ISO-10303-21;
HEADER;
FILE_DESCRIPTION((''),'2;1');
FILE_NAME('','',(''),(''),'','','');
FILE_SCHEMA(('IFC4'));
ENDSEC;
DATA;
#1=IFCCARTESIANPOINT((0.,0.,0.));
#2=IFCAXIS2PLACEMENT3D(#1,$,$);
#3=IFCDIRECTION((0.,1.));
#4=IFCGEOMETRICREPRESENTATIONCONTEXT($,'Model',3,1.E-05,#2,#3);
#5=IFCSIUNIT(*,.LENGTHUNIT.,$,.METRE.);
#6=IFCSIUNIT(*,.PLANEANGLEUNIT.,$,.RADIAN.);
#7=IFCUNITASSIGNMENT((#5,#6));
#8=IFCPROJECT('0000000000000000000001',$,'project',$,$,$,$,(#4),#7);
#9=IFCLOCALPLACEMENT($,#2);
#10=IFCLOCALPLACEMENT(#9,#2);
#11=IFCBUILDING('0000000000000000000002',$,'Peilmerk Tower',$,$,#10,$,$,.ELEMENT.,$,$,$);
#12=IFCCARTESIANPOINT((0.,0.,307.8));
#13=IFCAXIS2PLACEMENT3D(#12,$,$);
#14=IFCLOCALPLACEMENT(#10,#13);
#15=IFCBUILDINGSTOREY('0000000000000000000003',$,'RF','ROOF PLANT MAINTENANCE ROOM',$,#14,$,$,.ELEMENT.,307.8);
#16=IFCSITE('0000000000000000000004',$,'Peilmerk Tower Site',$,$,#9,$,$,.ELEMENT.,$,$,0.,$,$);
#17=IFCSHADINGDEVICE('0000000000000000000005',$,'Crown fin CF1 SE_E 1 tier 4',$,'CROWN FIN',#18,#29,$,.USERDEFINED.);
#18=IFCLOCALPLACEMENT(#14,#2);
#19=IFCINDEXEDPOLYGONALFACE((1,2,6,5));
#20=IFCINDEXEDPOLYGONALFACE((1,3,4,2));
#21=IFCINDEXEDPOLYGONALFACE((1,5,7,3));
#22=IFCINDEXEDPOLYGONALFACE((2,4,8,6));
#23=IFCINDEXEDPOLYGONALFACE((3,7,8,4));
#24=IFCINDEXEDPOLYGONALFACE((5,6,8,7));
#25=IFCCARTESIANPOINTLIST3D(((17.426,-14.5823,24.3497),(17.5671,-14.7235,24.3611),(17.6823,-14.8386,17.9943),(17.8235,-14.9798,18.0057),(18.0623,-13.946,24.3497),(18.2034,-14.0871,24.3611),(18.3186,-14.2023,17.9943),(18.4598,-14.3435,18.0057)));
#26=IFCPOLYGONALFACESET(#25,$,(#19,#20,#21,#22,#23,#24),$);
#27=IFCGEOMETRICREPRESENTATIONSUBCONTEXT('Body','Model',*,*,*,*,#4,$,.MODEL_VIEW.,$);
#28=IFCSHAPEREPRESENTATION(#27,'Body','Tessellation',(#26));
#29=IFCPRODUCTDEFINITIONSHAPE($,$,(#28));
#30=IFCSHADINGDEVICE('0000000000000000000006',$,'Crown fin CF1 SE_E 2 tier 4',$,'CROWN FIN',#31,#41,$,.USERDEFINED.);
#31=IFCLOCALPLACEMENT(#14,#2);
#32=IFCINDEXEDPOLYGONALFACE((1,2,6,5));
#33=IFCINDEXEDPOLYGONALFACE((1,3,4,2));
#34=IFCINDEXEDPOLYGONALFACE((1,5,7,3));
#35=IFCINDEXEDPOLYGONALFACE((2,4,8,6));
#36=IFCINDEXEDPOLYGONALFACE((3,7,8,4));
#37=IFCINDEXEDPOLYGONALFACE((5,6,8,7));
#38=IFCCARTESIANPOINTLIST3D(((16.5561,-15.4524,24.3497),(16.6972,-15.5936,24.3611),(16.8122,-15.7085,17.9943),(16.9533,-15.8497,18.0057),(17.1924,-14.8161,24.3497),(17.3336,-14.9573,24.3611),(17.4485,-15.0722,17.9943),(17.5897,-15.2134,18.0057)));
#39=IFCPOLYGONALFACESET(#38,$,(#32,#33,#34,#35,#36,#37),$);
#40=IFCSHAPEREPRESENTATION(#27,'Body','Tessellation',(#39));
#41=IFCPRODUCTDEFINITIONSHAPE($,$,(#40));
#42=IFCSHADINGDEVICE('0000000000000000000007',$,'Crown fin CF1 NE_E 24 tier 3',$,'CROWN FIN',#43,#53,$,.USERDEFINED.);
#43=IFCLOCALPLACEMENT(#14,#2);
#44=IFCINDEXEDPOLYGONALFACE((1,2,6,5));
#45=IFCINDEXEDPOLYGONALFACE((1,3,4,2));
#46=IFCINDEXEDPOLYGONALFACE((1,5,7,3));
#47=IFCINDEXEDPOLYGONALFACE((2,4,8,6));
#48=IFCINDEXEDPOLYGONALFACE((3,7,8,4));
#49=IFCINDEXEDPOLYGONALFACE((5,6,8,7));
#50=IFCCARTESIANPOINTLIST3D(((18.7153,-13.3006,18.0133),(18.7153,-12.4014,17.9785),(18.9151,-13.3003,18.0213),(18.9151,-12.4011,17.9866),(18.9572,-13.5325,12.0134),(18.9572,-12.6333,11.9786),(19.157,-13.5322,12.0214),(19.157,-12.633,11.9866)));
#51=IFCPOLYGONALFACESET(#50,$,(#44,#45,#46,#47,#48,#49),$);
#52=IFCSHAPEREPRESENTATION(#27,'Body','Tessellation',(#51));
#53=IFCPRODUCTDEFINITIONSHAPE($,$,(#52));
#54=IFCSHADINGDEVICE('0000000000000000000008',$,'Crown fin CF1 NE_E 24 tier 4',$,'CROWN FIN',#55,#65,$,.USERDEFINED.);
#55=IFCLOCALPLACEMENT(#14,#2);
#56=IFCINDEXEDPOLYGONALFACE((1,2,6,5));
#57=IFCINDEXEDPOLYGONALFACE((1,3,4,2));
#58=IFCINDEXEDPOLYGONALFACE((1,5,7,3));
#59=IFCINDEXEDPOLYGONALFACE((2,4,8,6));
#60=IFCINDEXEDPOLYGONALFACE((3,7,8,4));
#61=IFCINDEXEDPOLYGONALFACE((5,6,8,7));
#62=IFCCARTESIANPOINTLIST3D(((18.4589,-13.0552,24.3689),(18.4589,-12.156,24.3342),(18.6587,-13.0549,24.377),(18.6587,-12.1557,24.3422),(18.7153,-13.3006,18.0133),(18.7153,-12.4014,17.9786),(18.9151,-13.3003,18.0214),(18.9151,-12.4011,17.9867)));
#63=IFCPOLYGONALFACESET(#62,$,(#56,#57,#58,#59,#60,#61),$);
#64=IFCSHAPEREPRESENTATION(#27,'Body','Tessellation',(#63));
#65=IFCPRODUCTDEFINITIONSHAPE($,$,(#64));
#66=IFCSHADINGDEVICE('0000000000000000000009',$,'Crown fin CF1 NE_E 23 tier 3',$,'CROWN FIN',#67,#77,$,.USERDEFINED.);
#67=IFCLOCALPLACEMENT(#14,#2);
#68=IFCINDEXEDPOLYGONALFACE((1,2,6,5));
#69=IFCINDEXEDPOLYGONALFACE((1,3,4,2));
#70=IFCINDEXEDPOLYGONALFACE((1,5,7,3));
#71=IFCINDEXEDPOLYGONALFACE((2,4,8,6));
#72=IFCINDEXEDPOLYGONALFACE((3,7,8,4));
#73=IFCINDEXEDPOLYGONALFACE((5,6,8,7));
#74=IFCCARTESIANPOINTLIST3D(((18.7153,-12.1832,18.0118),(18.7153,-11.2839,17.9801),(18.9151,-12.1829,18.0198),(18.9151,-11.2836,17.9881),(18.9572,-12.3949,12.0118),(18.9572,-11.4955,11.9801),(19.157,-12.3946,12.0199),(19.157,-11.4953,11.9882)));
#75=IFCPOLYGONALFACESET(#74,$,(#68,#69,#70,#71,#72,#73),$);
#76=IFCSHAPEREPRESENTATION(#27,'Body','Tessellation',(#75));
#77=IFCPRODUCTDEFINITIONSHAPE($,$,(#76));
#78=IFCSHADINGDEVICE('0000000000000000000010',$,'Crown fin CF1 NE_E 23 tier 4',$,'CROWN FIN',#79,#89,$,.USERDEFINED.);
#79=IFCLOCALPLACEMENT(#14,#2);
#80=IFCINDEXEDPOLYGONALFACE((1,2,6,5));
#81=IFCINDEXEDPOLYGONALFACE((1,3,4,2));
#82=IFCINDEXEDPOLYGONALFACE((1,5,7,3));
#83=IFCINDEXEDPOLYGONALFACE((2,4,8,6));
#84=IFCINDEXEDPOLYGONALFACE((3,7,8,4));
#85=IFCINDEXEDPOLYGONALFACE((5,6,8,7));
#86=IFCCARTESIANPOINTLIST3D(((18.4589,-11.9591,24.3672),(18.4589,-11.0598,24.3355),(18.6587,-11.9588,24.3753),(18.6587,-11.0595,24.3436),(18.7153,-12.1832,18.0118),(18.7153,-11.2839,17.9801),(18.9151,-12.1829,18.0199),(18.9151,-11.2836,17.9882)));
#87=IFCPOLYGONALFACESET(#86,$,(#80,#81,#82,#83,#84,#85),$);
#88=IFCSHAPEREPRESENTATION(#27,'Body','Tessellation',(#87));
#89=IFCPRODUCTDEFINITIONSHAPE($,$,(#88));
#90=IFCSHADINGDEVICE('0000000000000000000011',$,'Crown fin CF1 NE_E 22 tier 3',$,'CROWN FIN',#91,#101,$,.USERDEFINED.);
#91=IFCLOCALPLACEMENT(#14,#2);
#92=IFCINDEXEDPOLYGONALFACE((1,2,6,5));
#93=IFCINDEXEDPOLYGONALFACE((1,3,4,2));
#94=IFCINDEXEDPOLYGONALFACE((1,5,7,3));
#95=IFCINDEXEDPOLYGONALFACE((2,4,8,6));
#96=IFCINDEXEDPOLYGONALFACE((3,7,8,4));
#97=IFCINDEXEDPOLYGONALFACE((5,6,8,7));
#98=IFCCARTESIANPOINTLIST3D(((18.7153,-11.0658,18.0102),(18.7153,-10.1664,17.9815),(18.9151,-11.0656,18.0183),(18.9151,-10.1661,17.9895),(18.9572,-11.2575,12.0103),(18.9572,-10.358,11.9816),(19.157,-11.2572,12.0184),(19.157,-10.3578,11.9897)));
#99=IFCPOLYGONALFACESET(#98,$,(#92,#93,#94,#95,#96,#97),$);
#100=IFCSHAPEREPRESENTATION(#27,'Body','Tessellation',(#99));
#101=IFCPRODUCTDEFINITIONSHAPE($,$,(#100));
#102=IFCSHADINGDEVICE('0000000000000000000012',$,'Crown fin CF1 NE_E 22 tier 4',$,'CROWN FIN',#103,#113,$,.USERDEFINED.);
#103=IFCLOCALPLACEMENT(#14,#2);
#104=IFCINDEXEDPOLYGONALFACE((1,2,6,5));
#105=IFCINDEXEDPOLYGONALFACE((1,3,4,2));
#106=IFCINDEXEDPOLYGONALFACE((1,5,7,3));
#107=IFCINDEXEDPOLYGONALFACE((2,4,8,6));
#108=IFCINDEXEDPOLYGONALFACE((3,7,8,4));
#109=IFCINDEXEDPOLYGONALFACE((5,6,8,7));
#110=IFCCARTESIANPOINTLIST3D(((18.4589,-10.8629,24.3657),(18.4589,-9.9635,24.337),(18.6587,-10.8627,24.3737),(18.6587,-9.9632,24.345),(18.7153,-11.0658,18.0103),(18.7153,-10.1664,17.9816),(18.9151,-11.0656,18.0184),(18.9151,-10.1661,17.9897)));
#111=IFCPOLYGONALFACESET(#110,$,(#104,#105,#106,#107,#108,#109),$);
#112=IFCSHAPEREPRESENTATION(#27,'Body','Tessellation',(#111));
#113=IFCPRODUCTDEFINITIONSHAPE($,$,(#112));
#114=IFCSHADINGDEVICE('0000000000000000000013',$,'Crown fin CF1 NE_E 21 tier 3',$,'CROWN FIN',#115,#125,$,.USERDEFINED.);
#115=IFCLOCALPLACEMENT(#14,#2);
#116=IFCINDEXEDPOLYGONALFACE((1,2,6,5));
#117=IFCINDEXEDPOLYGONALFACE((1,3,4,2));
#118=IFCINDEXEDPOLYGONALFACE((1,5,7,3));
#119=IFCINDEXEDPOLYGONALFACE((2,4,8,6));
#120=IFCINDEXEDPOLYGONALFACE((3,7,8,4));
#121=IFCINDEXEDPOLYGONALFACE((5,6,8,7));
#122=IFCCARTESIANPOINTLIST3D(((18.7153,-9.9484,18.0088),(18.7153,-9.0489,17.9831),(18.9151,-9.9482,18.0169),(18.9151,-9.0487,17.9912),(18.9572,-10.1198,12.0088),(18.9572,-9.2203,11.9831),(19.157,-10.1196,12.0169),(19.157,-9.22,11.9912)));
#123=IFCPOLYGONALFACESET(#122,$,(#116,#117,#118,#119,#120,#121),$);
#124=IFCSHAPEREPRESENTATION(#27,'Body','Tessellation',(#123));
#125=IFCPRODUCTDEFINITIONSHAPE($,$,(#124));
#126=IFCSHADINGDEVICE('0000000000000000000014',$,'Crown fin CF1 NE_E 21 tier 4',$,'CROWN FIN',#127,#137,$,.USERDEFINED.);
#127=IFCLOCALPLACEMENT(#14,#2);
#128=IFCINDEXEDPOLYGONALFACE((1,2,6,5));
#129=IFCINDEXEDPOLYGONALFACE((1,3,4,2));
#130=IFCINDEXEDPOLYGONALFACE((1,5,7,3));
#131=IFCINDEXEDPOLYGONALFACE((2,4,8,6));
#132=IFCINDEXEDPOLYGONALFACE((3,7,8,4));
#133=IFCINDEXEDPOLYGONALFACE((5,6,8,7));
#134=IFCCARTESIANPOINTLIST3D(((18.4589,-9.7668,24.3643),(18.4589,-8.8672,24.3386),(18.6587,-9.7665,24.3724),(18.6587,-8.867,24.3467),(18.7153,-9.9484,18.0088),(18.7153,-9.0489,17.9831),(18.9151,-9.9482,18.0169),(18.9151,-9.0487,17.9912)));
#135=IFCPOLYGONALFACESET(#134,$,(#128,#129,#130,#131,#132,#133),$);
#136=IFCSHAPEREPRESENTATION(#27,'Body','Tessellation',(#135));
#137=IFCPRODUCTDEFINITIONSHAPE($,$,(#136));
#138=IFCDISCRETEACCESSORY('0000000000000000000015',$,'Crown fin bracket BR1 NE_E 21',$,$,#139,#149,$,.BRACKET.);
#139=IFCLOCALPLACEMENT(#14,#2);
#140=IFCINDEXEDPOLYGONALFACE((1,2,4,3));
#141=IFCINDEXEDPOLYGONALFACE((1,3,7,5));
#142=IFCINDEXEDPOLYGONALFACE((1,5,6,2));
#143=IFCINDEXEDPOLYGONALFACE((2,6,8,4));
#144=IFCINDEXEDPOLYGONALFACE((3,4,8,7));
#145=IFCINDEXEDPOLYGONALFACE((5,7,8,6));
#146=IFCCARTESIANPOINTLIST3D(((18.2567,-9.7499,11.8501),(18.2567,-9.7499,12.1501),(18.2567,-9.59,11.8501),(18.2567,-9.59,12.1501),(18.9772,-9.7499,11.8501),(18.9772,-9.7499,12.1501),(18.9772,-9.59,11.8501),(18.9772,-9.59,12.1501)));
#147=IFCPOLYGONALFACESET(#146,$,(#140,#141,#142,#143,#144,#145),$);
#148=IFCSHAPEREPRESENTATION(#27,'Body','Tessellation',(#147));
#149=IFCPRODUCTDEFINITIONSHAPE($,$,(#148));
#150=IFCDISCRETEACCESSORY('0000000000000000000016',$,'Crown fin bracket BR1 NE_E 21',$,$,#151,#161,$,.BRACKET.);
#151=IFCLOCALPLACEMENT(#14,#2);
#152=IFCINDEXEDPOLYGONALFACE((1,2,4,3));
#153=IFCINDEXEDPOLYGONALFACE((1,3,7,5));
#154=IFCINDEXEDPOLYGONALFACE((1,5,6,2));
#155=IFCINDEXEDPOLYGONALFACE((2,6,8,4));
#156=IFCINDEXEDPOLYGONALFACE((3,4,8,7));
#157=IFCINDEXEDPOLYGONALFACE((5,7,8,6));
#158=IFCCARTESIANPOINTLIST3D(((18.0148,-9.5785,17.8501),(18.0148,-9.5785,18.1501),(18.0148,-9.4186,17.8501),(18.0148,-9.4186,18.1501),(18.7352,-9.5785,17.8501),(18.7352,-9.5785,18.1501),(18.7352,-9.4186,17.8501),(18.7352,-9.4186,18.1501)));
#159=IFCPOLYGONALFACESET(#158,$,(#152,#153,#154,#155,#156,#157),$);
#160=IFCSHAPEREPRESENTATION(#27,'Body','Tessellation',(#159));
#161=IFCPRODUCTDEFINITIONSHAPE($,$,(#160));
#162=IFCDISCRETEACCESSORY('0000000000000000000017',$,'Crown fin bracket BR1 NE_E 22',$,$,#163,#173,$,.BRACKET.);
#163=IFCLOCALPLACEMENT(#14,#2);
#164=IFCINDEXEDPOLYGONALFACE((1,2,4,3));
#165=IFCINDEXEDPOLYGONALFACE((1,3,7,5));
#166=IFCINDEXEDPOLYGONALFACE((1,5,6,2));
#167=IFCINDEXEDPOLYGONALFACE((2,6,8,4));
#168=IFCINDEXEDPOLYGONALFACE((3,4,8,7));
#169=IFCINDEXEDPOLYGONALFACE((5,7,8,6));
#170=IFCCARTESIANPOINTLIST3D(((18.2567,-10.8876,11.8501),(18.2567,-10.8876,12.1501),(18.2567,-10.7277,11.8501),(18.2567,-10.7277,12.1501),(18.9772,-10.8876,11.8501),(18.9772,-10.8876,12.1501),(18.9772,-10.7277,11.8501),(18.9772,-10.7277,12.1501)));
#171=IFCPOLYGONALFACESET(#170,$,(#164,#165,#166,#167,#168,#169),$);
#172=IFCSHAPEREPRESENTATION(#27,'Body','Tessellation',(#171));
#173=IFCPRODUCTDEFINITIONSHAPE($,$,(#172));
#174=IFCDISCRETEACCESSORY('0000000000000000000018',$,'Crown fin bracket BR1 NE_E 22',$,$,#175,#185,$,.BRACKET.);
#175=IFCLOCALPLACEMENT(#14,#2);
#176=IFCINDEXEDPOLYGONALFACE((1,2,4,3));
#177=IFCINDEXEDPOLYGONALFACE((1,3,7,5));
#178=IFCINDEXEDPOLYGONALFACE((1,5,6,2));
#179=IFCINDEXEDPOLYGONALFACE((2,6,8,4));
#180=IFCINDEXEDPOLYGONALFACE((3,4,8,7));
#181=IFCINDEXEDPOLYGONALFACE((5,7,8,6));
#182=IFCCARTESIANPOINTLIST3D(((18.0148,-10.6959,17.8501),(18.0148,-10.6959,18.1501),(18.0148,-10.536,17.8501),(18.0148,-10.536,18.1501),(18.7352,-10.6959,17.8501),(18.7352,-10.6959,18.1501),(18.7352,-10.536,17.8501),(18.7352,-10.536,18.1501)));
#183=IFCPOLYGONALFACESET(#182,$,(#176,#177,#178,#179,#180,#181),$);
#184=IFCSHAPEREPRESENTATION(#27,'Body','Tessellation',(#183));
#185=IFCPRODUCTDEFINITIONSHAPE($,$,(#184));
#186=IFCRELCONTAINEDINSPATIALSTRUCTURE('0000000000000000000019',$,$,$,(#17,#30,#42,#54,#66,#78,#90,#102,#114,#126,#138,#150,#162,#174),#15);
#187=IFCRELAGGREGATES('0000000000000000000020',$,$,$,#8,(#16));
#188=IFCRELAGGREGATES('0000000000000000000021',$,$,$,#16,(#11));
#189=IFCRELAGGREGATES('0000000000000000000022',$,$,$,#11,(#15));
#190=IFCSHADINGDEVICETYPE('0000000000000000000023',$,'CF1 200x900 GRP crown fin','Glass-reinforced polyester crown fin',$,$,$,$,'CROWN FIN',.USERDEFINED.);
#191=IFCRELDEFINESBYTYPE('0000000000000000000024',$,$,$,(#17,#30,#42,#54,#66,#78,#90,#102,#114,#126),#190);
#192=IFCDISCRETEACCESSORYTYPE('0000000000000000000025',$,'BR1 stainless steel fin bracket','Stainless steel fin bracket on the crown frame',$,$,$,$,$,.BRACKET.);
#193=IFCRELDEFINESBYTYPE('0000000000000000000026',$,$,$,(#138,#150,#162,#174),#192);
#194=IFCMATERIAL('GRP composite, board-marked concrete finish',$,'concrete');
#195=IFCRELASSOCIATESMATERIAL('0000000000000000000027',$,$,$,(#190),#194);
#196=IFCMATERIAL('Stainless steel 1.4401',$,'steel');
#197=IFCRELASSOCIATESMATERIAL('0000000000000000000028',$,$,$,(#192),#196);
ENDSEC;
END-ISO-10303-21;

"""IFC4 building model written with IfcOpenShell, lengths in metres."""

from ifc_helpers import new_model, si_unit, direction, frame, origin, origin_2d, place, context, subcontext, project, spatial, rectangle, extrude, source, transform, mapped, material, material_profile, profile_set, type_object, element, save


model = new_model("IFC4")

# Units and contexts
model_context = context("Model", 3, precision=1e-05, world=origin(), true_north=direction((0.0, 1.0)))
body_context = subcontext(model_context, "Body", "Model", "MODEL_VIEW")
ifc_project = project(units=[si_unit("LENGTHUNIT", "METRE"), si_unit("PLANEANGLEUNIT", "RADIAN")], contexts=[model_context])

# Site, building, storey
site_placement = place(None, origin())
site = spatial("IfcSite", under=ifc_project, at=site_placement, Name="Peilmerk Tower Site", CompositionType="ELEMENT", RefElevation=0.0)
building_placement = place(site_placement, origin())
building = spatial("IfcBuilding", under=site, at=building_placement, Name="Peilmerk Tower", CompositionType="ELEMENT")
storey_placement = place(building_placement, frame((0.0, 0.0, 307.8)))
storey = spatial("IfcBuildingStorey", under=building, at=storey_placement, Name="RF", Description="ROOF PLANT MAINTENANCE ROOM", CompositionType="ELEMENT", Elevation=307.8)

# Shading devices
ifc_material_1 = material(Name="GRP composite, board-marked concrete finish", Category="concrete")
ifc_material_profile_1 = material_profile(ifc_material_1, rectangle(XDim=0.2, YDim=0.8999, at=origin_2d()), Name="CF1 200x900")
ifc_profile_set_1 = profile_set([ifc_material_profile_1], Name="GRP composite, board-marked concrete finish")
shading_device_type = type_object("IfcShadingDeviceType", Name="CF1 200x900 GRP crown fin", Description="Glass-reinforced polyester crown fin", ElementType="CROWN FIN", PredefinedType="USERDEFINED", material=ifc_profile_set_1)
shared_shape_1 = source(origin(), body_context, "Body", "SweptSolid", [
    extrude(rectangle(XDim=0.2, YDim=0.8999, at=origin_2d()), origin(), (0.0, 0.0, 1.0), 6.3657),
])
for number, where, z_axis, x_axis, name in (
    (1, (18.071, -14.5911, 18.0), (-0.04027, 0.04027, 0.998377), (0.705959, -0.705959, 0.05695), "Crown fin CF1 SE_E 1 tier 4"),
    (2, (17.2009, -15.4609, 18.0), (-0.040231, 0.040231, 0.99838), (0.705961, -0.705961, 0.056896), "Crown fin CF1 SE_E 2 tier 4"),
):
    element("IfcShadingDevice", number, at=place(storey_placement, frame(where, z_axis=z_axis, x_axis=x_axis)), inside=storey, type_object=shading_device_type, Name=name, ObjectType="CROWN FIN", PredefinedType="USERDEFINED", context=body_context, shape_type="MappedRepresentation", body=[
        mapped(shared_shape_1, transform((0.0, 0.0, 0.0), scale=1.0)),
    ])
shared_shape_2 = source(origin(), body_context, "Body", "SweptSolid", [
    extrude(rectangle(XDim=0.2, YDim=0.8999, at=origin_2d()), origin(), (0.0, 0.0, 1.0), 6.0093),
])
shading_device_1_placement = place(storey_placement, frame((19.0571, -13.0828, 12.0), z_axis=(-0.040261, 0.038595, 0.998444), x_axis=(0.999189, 0.001555, 0.040231)))
element("IfcShadingDevice", 3, at=shading_device_1_placement, inside=storey, type_object=shading_device_type, Name="Crown fin CF1 NE_E 24 tier 3", ObjectType="CROWN FIN", PredefinedType="USERDEFINED", context=body_context, shape_type="MappedRepresentation", body=[
    mapped(shared_shape_2, transform((0.0, 0.0, 0.0), scale=1.0)),
])
shared_shape_3 = source(origin(), body_context, "Body", "SweptSolid", [
    extrude(rectangle(XDim=0.2, YDim=0.8999, at=origin_2d()), origin(), (0.0, 0.0, 1.0), 6.3655),
])
shading_device_2_placement = place(storey_placement, frame((18.8152, -12.8508, 18.0), z_axis=(-0.040272, 0.038546, 0.998445), x_axis=(0.999189, 0.001554, 0.040242)))
element("IfcShadingDevice", 4, at=shading_device_2_placement, inside=storey, type_object=shading_device_type, Name="Crown fin CF1 NE_E 24 tier 4", ObjectType="CROWN FIN", PredefinedType="USERDEFINED", context=body_context, shape_type="MappedRepresentation", body=[
    mapped(shared_shape_3, transform((0.0, 0.0, 0.0), scale=1.0)),
])
shared_shape_4 = source(origin(), body_context, "Body", "SweptSolid", [
    extrude(rectangle(XDim=0.2, YDim=0.8999, at=origin_2d()), origin(), (0.0, 0.0, 1.0), 6.0085),
])
shading_device_3_placement = place(storey_placement, frame((19.0571, -11.9451, 12.0), z_axis=(-0.040266, 0.035228, 0.998568), x_axis=(0.999189, 0.00142, 0.040241)))
element("IfcShadingDevice", 5, at=shading_device_3_placement, inside=storey, type_object=shading_device_type, Name="Crown fin CF1 NE_E 23 tier 3", ObjectType="CROWN FIN", PredefinedType="USERDEFINED", context=body_context, shape_type="MappedRepresentation", body=[
    mapped(shared_shape_4, transform((0.0, 0.0, 0.0), scale=1.0)),
])
shared_shape_5 = source(origin(), body_context, "Body", "SweptSolid", [
    extrude(rectangle(XDim=0.2, YDim=0.8999, at=origin_2d()), origin(), (0.0, 0.0, 1.0), 6.3645),
])
shading_device_4_placement = place(storey_placement, frame((18.8152, -11.7334, 18.0), z_axis=(-0.040277, 0.035214, 0.998568), x_axis=(0.999189, 0.001419, 0.040252)))
element("IfcShadingDevice", 6, at=shading_device_4_placement, inside=storey, type_object=shading_device_type, Name="Crown fin CF1 NE_E 23 tier 4", ObjectType="CROWN FIN", PredefinedType="USERDEFINED", context=body_context, shape_type="MappedRepresentation", body=[
    mapped(shared_shape_5, transform((0.0, 0.0, 0.0), scale=1.0)),
])
shared_shape_6 = source(origin(), body_context, "Body", "SweptSolid", [
    extrude(rectangle(XDim=0.2, YDim=0.8999, at=origin_2d()), origin(), (0.0, 0.0, 1.0), 6.0078),
])
shading_device_5_placement = place(storey_placement, frame((19.0571, -10.8076, 12.0), z_axis=(-0.040271, 0.0319, 0.998679), x_axis=(0.999189, 0.001286, 0.04025)))
element("IfcShadingDevice", 7, at=shading_device_5_placement, inside=storey, type_object=shading_device_type, Name="Crown fin CF1 NE_E 22 tier 3", ObjectType="CROWN FIN", PredefinedType="USERDEFINED", context=body_context, shape_type="MappedRepresentation", body=[
    mapped(shared_shape_6, transform((0.0, 0.0, 0.0), scale=1.0)),
])
shared_shape_7 = source(origin(), body_context, "Body", "SweptSolid", [
    extrude(rectangle(XDim=0.2, YDim=0.8999, at=origin_2d()), origin(), (0.0, 0.0, 1.0), 6.3638),
])
shading_device_6_placement = place(storey_placement, frame((18.8152, -10.616, 18.0), z_axis=(-0.040282, 0.03188, 0.99868), x_axis=(0.999188, 0.001285, 0.040261)))
element("IfcShadingDevice", 8, at=shading_device_6_placement, inside=storey, type_object=shading_device_type, Name="Crown fin CF1 NE_E 22 tier 4", ObjectType="CROWN FIN", PredefinedType="USERDEFINED", context=body_context, shape_type="MappedRepresentation", body=[
    mapped(shared_shape_7, transform((0.0, 0.0, 0.0), scale=1.0)),
])
shared_shape_8 = source(origin(), body_context, "Body", "SweptSolid", [
    extrude(rectangle(XDim=0.2, YDim=0.8999, at=origin_2d()), origin(), (0.0, 0.0, 1.0), 6.0073),
])
shading_device_7_placement = place(storey_placement, frame((19.0571, -9.6699, 12.0), z_axis=(-0.040275, 0.02853, 0.998781), x_axis=(0.999189, 0.00115, 0.040258)))
element("IfcShadingDevice", 9, at=shading_device_7_placement, inside=storey, type_object=shading_device_type, Name="Crown fin CF1 NE_E 21 tier 3", ObjectType="CROWN FIN", PredefinedType="USERDEFINED", context=body_context, shape_type="MappedRepresentation", body=[
    mapped(shared_shape_8, transform((0.0, 0.0, 0.0), scale=1.0)),
])
shared_shape_9 = source(origin(), body_context, "Body", "SweptSolid", [
    extrude(rectangle(XDim=0.2, YDim=0.8999, at=origin_2d()), origin(), (0.0, 0.0, 1.0), 6.3633),
])
shading_device_8_placement = place(storey_placement, frame((18.8152, -9.4985, 18.0), z_axis=(-0.040286, 0.028545, 0.99878), x_axis=(0.999188, 0.001151, 0.040269)))
element("IfcShadingDevice", 10, at=shading_device_8_placement, inside=storey, type_object=shading_device_type, Name="Crown fin CF1 NE_E 21 tier 4", ObjectType="CROWN FIN", PredefinedType="USERDEFINED", context=body_context, shape_type="MappedRepresentation", body=[
    mapped(shared_shape_9, transform((0.0, 0.0, 0.0), scale=1.0)),
])

# Discrete accessories
ifc_material_2 = material(Name="Stainless steel 1.4401", Category="steel")
discrete_accessory_type = type_object("IfcDiscreteAccessoryType", Name="BR1 stainless steel fin bracket", Description="Stainless steel fin bracket on the crown frame", PredefinedType="BRACKET", material=ifc_material_2)
shared_shape_10 = source(origin(), body_context, "Body", "SweptSolid", [
    extrude(rectangle(XDim=0.7205, YDim=0.1599, at=origin_2d()), origin(), (0.0, 0.0, 1.0), 0.3),
])
for number, where, z_axis, x_axis, name in (
    (11, (18.6169, -9.6699, 11.8501), (0.0, 0.0, 1.0), (1.0, 0.0, 0.0), "Crown fin bracket BR1 NE_E 21"),
    (12, (18.375, -9.4985, 17.8501), (0.0, 0.0, 1.0), (1.0, 0.0, 0.0), "Crown fin bracket BR1 NE_E 21"),
    (13, (18.6169, -10.8076, 11.8501), (0.0, 0.0, 1.0), (1.0, 0.0, 0.0), "Crown fin bracket BR1 NE_E 22"),
    (14, (18.375, -10.616, 17.8501), (0.0, 0.0, 1.0), (1.0, 0.0, 0.0), "Crown fin bracket BR1 NE_E 22"),
):
    element("IfcDiscreteAccessory", number, at=place(storey_placement, frame(where, z_axis=z_axis, x_axis=x_axis)), inside=storey, type_object=discrete_accessory_type, Name=name, PredefinedType="BRACKET", context=body_context, shape_type="MappedRepresentation", body=[
        mapped(shared_shape_10, transform((0.0, 0.0, 0.0), scale=1.0)),
    ])

save(model, "model.ifc")
